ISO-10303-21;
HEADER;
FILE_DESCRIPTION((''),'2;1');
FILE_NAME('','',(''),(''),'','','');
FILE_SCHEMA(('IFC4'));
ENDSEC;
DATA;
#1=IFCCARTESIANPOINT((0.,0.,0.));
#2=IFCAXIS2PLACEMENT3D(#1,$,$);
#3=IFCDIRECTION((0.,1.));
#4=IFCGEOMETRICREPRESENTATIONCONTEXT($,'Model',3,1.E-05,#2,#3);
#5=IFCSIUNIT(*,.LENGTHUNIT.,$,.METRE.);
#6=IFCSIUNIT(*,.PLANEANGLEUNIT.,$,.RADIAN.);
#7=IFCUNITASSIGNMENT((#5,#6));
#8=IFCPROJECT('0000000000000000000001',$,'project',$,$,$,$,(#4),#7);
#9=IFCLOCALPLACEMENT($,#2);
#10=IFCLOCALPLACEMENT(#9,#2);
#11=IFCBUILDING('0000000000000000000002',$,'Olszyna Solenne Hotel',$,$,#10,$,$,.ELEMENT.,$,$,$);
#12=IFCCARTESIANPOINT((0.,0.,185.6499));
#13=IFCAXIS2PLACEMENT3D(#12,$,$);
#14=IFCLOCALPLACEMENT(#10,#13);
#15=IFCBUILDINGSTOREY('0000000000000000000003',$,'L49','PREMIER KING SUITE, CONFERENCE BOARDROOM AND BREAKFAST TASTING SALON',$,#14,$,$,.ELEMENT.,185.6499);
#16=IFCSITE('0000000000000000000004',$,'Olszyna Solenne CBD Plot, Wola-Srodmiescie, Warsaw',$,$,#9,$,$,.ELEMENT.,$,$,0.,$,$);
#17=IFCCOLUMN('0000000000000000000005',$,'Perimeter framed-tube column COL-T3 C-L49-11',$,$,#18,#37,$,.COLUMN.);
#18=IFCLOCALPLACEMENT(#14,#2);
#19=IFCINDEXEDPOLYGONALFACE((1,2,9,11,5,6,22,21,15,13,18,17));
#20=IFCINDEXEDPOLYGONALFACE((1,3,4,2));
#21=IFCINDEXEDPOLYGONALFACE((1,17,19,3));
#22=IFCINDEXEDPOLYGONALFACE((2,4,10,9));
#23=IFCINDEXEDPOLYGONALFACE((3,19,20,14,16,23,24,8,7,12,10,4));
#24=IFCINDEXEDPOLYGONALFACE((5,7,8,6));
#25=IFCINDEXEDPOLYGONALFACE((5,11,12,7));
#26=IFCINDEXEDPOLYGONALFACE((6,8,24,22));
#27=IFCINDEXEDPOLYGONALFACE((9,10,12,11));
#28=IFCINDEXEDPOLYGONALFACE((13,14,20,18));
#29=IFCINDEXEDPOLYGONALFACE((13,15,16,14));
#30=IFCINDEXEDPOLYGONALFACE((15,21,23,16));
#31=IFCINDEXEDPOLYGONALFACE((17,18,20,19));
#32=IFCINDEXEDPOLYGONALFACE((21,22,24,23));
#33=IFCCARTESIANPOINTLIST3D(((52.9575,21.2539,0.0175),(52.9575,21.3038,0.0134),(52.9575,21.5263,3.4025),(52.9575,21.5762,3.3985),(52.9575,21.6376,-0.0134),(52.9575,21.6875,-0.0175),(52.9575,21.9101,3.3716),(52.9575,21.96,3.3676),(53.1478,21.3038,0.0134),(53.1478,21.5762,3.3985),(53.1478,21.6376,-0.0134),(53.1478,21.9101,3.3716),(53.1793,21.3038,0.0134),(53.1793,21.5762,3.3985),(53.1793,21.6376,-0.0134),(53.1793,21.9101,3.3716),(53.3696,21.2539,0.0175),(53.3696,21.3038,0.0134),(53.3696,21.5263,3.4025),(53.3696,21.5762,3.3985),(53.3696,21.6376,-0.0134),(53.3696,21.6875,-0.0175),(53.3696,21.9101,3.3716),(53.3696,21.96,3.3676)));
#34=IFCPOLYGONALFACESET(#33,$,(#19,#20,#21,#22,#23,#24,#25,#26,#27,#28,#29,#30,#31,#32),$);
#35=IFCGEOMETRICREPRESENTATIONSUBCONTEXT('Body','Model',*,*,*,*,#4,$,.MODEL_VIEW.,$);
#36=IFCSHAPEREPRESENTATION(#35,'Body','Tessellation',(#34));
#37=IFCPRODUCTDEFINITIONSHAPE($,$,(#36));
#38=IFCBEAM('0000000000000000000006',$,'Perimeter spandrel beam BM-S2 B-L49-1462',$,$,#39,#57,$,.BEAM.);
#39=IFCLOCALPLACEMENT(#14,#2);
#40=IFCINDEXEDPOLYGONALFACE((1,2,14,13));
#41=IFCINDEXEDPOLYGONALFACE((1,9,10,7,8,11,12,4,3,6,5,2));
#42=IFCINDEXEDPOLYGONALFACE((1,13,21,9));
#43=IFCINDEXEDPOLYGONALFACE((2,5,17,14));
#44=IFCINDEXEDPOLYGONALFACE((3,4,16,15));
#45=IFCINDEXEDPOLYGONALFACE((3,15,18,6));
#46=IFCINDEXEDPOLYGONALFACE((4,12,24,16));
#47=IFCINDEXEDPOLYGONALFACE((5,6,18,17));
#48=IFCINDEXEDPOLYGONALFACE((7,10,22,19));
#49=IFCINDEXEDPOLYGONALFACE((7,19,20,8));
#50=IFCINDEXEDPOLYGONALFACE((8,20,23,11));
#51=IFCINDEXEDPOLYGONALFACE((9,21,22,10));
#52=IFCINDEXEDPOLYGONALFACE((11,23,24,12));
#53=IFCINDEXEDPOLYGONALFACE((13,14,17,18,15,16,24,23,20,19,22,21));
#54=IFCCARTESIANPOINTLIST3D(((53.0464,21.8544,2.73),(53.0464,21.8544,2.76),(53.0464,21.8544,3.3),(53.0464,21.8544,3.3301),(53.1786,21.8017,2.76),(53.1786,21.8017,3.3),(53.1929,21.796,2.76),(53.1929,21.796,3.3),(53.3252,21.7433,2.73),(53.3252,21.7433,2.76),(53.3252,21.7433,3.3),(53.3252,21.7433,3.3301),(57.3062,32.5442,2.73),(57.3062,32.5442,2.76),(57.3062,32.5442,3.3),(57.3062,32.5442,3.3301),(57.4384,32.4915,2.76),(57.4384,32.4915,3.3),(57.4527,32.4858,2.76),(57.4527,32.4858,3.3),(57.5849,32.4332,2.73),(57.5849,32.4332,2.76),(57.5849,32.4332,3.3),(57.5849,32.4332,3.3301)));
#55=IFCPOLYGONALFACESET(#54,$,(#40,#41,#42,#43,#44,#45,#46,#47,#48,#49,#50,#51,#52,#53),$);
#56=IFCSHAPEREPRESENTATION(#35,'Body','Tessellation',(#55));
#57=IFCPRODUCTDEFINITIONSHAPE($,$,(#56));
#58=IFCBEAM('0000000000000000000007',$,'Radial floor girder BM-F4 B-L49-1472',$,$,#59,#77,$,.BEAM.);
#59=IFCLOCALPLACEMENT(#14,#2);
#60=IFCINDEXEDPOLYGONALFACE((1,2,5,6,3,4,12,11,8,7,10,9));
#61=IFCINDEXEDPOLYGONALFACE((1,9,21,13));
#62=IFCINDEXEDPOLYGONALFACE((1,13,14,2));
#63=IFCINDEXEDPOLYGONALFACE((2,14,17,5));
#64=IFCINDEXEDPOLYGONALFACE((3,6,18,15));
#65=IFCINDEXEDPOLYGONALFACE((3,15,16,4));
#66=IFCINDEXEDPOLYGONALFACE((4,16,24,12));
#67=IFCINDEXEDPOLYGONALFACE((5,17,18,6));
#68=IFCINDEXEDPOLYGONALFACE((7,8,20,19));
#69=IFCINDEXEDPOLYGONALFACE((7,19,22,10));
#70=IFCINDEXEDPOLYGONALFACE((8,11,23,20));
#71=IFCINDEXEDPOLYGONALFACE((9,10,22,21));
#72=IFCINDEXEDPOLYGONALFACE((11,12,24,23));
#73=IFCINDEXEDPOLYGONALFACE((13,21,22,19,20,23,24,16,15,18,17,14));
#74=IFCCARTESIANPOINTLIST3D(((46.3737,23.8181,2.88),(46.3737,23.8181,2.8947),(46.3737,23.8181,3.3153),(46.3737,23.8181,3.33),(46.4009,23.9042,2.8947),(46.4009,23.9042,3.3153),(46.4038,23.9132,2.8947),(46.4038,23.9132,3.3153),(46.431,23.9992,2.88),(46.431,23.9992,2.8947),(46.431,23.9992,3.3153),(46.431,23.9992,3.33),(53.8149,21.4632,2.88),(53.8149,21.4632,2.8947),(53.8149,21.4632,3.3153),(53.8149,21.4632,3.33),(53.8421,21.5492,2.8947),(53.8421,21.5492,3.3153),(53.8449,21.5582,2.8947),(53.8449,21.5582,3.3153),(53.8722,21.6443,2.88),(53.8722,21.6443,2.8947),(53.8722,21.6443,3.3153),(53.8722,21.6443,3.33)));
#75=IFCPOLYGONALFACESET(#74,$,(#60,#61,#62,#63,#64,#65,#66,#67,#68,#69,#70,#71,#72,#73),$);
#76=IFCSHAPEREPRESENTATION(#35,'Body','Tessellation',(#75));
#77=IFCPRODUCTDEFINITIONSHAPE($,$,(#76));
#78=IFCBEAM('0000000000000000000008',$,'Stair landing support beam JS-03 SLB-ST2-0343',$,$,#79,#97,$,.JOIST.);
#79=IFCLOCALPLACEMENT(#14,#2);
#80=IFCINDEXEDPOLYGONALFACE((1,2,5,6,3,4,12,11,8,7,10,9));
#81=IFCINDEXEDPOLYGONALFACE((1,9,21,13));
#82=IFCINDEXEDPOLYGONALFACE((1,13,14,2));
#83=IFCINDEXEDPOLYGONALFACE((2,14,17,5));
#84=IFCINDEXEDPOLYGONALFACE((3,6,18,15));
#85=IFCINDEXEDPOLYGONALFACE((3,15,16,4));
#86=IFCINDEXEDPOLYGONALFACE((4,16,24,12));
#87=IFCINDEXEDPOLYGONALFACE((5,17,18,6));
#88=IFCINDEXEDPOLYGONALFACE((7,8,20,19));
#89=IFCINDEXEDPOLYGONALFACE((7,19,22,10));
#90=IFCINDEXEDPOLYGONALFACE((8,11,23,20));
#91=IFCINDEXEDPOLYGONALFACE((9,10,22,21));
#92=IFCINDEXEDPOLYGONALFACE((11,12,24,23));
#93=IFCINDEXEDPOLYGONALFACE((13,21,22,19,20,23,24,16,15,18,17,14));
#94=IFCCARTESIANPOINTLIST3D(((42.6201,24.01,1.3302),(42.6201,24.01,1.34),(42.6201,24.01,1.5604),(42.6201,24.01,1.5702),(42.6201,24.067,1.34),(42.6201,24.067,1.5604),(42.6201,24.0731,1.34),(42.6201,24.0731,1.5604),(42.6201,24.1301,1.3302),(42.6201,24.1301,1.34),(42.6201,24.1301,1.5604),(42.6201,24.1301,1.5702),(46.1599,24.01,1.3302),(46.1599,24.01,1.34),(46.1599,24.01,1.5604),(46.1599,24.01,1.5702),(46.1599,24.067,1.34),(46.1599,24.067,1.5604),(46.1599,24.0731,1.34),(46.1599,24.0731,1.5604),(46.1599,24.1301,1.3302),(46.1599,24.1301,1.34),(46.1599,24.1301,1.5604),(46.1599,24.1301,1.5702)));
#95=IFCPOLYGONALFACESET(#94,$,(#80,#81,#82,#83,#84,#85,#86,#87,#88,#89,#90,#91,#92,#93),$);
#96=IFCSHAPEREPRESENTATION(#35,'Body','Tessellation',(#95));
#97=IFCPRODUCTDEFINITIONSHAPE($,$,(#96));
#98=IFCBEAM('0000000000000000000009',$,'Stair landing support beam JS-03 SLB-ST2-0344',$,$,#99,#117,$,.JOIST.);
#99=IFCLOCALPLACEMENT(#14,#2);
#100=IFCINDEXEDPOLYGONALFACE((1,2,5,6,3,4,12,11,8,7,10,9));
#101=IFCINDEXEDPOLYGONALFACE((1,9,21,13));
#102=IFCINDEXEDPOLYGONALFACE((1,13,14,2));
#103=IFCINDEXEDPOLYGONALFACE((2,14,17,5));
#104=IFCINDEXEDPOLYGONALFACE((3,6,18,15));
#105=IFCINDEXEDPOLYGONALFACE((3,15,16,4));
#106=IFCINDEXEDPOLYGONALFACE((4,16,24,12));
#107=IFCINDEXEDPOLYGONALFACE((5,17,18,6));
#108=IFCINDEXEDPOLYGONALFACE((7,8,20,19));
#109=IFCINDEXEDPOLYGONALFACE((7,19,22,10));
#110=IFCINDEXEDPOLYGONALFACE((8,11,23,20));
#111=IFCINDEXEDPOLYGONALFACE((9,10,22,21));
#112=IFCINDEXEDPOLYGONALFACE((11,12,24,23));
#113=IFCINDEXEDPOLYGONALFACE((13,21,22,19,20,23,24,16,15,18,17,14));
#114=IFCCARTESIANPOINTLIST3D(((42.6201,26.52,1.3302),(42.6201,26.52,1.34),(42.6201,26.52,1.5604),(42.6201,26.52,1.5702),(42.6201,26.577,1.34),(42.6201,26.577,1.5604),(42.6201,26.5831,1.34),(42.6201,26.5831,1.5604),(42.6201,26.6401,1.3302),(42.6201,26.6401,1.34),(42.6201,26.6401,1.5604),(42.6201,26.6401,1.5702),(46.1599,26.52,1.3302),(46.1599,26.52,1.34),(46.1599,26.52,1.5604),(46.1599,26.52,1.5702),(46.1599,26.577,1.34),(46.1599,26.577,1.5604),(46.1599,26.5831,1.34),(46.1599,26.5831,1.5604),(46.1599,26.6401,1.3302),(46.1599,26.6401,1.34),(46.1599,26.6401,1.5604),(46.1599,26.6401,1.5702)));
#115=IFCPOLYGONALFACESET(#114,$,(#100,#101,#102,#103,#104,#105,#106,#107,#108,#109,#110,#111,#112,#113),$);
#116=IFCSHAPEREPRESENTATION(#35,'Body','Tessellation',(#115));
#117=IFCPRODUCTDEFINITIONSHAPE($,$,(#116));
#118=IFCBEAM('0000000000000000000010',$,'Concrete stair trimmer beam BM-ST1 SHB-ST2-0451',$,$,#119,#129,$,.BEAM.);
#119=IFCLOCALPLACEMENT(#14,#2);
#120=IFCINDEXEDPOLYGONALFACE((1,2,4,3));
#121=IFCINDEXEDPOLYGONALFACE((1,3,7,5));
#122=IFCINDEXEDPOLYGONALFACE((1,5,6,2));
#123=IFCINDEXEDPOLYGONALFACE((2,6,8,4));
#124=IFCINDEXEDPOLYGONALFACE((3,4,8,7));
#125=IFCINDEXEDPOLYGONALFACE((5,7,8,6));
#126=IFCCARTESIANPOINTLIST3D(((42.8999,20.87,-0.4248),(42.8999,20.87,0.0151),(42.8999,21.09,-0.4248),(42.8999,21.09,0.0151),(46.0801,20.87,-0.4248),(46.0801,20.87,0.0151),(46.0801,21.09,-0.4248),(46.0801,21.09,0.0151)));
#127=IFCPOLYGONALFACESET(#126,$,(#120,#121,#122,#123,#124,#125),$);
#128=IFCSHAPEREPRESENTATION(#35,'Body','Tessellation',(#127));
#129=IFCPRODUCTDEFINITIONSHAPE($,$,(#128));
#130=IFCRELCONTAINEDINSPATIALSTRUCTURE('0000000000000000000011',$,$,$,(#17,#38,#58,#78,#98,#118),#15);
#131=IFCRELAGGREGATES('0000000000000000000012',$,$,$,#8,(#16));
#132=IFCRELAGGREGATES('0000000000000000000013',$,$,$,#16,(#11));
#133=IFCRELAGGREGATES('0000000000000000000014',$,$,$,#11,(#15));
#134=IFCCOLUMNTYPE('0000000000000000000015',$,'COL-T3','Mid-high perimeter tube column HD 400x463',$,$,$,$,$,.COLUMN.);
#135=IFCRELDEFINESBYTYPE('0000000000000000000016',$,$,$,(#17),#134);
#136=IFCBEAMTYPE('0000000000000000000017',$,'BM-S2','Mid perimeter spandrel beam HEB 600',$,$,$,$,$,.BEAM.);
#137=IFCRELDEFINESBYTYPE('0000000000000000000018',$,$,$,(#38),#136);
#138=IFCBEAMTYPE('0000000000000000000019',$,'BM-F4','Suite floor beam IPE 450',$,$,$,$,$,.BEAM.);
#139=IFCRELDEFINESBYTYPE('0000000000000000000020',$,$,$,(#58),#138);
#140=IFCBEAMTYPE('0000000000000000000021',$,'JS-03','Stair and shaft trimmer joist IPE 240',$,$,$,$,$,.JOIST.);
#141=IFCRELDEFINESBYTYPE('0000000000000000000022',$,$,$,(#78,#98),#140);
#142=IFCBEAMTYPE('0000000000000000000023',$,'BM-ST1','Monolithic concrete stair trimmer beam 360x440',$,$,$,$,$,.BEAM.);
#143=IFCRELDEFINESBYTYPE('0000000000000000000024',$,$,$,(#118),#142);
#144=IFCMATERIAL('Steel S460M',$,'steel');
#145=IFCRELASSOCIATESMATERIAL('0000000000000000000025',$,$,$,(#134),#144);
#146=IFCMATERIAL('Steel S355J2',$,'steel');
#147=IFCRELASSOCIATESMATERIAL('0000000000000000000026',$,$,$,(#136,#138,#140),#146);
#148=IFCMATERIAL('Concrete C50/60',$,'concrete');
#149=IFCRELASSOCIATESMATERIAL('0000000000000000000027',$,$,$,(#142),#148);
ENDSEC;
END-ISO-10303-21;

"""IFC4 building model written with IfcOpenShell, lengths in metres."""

from ifc_helpers import new_model, si_unit, direction, frame, origin, origin_2d, place, context, subcontext, project, spatial, rectangle, i_section, extrude, source, transform, mapped, material, material_profile, profile_set, type_object, element, save


model = new_model("IFC4")

# Units and contexts
model_context = context("Model", 3, precision=1e-05, world=origin(), true_north=direction((0.0, 1.0)))
body_context = subcontext(model_context, "Body", "Model", "MODEL_VIEW")
ifc_project = project(units=[si_unit("LENGTHUNIT", "METRE"), si_unit("PLANEANGLEUNIT", "RADIAN")], contexts=[model_context])

# Site, building, storey
site_placement = place(None, origin())
site = spatial("IfcSite", under=ifc_project, at=site_placement, Name="Olszyna Solenne CBD Plot, Wola-Srodmiescie, Warsaw", CompositionType="ELEMENT", RefElevation=0.0)
building_placement = place(site_placement, origin())
building = spatial("IfcBuilding", under=site, at=building_placement, Name="Olszyna Solenne Hotel", CompositionType="ELEMENT")
storey_placement = place(building_placement, frame((0.0, 0.0, 185.6499)))
storey = spatial("IfcBuildingStorey", under=building, at=storey_placement, Name="L49", Description="PREMIER KING SUITE, CONFERENCE BOARDROOM AND BREAKFAST TASTING SALON", CompositionType="ELEMENT", Elevation=185.6499)

# Column
ifc_material_1 = material(Name="Steel S460M", Category="steel")
ifc_material_profile_1 = material_profile(ifc_material_1, i_section(OverallWidth=0.4121, OverallDepth=0.4351, WebThickness=0.0315, FlangeThickness=0.05, at=origin_2d()), Name="HD 400x463", Category="load-bearing")
ifc_profile_set_1 = profile_set([ifc_material_profile_1], Name="Steel S460M")
column_type = type_object("IfcColumnType", Name="COL-T3", Description="Mid-high perimeter tube column HD 400x463", PredefinedType="COLUMN", material=ifc_profile_set_1)
shared_shape_1 = source(origin(), body_context, "Body", "SweptSolid", [
    extrude(i_section(OverallWidth=0.4121, OverallDepth=0.4351, WebThickness=0.0315, FlangeThickness=0.05, at=origin_2d()), origin(), (0.0, 0.0, 1.0), 3.396),
])
column_placement = place(storey_placement, frame((53.1636, 21.4707, 0.0), z_axis=(0.0, 0.080231, 0.996776), x_axis=(-1.0, 0.0, 0.0)))
element("IfcColumn", 1, at=column_placement, inside=storey, type_object=column_type, Name="Perimeter framed-tube column COL-T3 C-L49-11", PredefinedType="COLUMN", context=body_context, shape_type="MappedRepresentation", body=[
    mapped(shared_shape_1, transform((0.0, 0.0, 0.0), x_axis=(1.0, 0.0, 0.0), y_axis=(0.0, 1.0, 0.0), z_axis=(0.0, 0.0, 1.0), scale=1.0)),
])

# Beams
ifc_material_2 = material(Name="Steel S355J2", Category="steel")
ifc_material_profile_2 = material_profile(ifc_material_2, i_section(OverallWidth=0.3, OverallDepth=0.6001, WebThickness=0.0154, FlangeThickness=0.03, at=origin_2d()), Name="HEB 600", Category="load-bearing")
ifc_profile_set_2 = profile_set([ifc_material_profile_2], Name="Steel S355J2")
beam_type_1 = type_object("IfcBeamType", Name="BM-S2", Description="Mid perimeter spandrel beam HEB 600", PredefinedType="BEAM", material=ifc_profile_set_2)
shared_shape_2 = source(origin(), body_context, "Body", "SweptSolid", [
    extrude(i_section(OverallWidth=0.3, OverallDepth=0.6001, WebThickness=0.0154, FlangeThickness=0.03, at=origin_2d()), origin(), (0.0, 0.0, 1.0), 11.5073),
])
beam_1_placement = place(storey_placement, frame((53.1858, 21.7988, 3.03), z_axis=(0.370176, 0.928962, 0.0), x_axis=(-0.928962, 0.370176, 0.0)))
element("IfcBeam", 2, at=beam_1_placement, inside=storey, type_object=beam_type_1, Name="Perimeter spandrel beam BM-S2 B-L49-1462", PredefinedType="BEAM", context=body_context, shape_type="MappedRepresentation", body=[
    mapped(shared_shape_2, transform((0.0, 0.0, 0.0), x_axis=(1.0, 0.0, 0.0), y_axis=(0.0, 1.0, 0.0), z_axis=(0.0, 0.0, 1.0), scale=1.0)),
])
ifc_material_profile_3 = material_profile(ifc_material_2, i_section(OverallWidth=0.1899, OverallDepth=0.45, WebThickness=0.0095, FlangeThickness=0.0146, at=origin_2d()), Name="IPE 450", Category="load-bearing")
ifc_profile_set_3 = profile_set([ifc_material_profile_3], Name="Steel S355J2")
beam_type_2 = type_object("IfcBeamType", Name="BM-F4", Description="Suite floor beam IPE 450", PredefinedType="BEAM", material=ifc_profile_set_3)
shared_shape_3 = source(origin(), body_context, "Body", "SweptSolid", [
    extrude(i_section(OverallWidth=0.1899, OverallDepth=0.45, WebThickness=0.0095, FlangeThickness=0.0146, at=origin_2d()), origin(), (0.0, 0.0, 1.0), 7.8049),
])
beam_2_placement = place(storey_placement, frame((53.8435, 21.5537, 3.105), z_axis=(-0.953393, 0.30173, 0.0), x_axis=(-0.30173, -0.953393, 0.0)))
element("IfcBeam", 3, at=beam_2_placement, inside=storey, type_object=beam_type_2, Name="Radial floor girder BM-F4 B-L49-1472", PredefinedType="BEAM", context=body_context, shape_type="MappedRepresentation", body=[
    mapped(shared_shape_3, transform((0.0, 0.0, 0.0), x_axis=(1.0, 0.0, 0.0), y_axis=(0.0, 1.0, 0.0), z_axis=(0.0, 0.0, 1.0), scale=1.0)),
])
ifc_material_profile_4 = material_profile(ifc_material_2, i_section(OverallWidth=0.1201, OverallDepth=0.24, WebThickness=0.0061, FlangeThickness=0.0098, at=origin_2d()), Name="IPE 240", Category="load-bearing")
ifc_profile_set_4 = profile_set([ifc_material_profile_4], Name="Steel S355J2")
beam_type_3 = type_object("IfcBeamType", Name="JS-03", Description="Stair and shaft trimmer joist IPE 240", PredefinedType="JOIST", material=ifc_profile_set_4)
shared_shape_4 = source(origin(), body_context, "Body", "SweptSolid", [
    extrude(i_section(OverallWidth=0.1201, OverallDepth=0.24, WebThickness=0.0061, FlangeThickness=0.0098, at=origin_2d()), origin(), (0.0, 0.0, 1.0), 3.5398),
])
for number, where, z_axis, x_axis, name in (
    (4, (46.1599, 24.0701, 1.4502), (-1.0, 0.0, 0.0), (0.0, -1.0, 0.0), "Stair landing support beam JS-03 SLB-ST2-0343"),
    (5, (46.1599, 26.5801, 1.4502), (-1.0, 0.0, 0.0), (0.0, -1.0, 0.0), "Stair landing support beam JS-03 SLB-ST2-0344"),
):
    element("IfcBeam", number, at=place(storey_placement, frame(where, z_axis=z_axis, x_axis=x_axis)), inside=storey, type_object=beam_type_3, Name=name, PredefinedType="JOIST", context=body_context, shape_type="MappedRepresentation", body=[
        mapped(shared_shape_4, transform((0.0, 0.0, 0.0), x_axis=(1.0, 0.0, 0.0), y_axis=(0.0, 1.0, 0.0), z_axis=(0.0, 0.0, 1.0), scale=1.0)),
    ])
ifc_material_3 = material(Name="Concrete C50/60", Category="concrete")
ifc_material_profile_5 = material_profile(ifc_material_3, rectangle(XDim=0.22, YDim=0.4399, at=origin_2d()), Name="RC 220x440", Category="load-bearing")
ifc_profile_set_5 = profile_set([ifc_material_profile_5], Name="Concrete C50/60")
beam_type_4 = type_object("IfcBeamType", Name="BM-ST1", Description="Monolithic concrete stair trimmer beam 360x440", PredefinedType="BEAM", material=ifc_profile_set_5)
shared_shape_5 = source(origin(), body_context, "Body", "SweptSolid", [
    extrude(rectangle(XDim=0.22, YDim=0.4399, at=origin_2d()), origin(), (0.0, 0.0, 1.0), 3.1802),
])
beam_3_placement = place(storey_placement, frame((46.0801, 20.98, -0.2048), z_axis=(-1.0, 0.0, 0.0), x_axis=(0.0, -1.0, 0.0)))
element("IfcBeam", 6, at=beam_3_placement, inside=storey, type_object=beam_type_4, Name="Concrete stair trimmer beam BM-ST1 SHB-ST2-0451", PredefinedType="BEAM", context=body_context, shape_type="MappedRepresentation", body=[
    mapped(shared_shape_5, transform((0.0, 0.0, 0.0), x_axis=(1.0, 0.0, 0.0), y_axis=(0.0, 1.0, 0.0), z_axis=(0.0, 0.0, 1.0), scale=1.0)),
])

save(model, "model.ifc")
